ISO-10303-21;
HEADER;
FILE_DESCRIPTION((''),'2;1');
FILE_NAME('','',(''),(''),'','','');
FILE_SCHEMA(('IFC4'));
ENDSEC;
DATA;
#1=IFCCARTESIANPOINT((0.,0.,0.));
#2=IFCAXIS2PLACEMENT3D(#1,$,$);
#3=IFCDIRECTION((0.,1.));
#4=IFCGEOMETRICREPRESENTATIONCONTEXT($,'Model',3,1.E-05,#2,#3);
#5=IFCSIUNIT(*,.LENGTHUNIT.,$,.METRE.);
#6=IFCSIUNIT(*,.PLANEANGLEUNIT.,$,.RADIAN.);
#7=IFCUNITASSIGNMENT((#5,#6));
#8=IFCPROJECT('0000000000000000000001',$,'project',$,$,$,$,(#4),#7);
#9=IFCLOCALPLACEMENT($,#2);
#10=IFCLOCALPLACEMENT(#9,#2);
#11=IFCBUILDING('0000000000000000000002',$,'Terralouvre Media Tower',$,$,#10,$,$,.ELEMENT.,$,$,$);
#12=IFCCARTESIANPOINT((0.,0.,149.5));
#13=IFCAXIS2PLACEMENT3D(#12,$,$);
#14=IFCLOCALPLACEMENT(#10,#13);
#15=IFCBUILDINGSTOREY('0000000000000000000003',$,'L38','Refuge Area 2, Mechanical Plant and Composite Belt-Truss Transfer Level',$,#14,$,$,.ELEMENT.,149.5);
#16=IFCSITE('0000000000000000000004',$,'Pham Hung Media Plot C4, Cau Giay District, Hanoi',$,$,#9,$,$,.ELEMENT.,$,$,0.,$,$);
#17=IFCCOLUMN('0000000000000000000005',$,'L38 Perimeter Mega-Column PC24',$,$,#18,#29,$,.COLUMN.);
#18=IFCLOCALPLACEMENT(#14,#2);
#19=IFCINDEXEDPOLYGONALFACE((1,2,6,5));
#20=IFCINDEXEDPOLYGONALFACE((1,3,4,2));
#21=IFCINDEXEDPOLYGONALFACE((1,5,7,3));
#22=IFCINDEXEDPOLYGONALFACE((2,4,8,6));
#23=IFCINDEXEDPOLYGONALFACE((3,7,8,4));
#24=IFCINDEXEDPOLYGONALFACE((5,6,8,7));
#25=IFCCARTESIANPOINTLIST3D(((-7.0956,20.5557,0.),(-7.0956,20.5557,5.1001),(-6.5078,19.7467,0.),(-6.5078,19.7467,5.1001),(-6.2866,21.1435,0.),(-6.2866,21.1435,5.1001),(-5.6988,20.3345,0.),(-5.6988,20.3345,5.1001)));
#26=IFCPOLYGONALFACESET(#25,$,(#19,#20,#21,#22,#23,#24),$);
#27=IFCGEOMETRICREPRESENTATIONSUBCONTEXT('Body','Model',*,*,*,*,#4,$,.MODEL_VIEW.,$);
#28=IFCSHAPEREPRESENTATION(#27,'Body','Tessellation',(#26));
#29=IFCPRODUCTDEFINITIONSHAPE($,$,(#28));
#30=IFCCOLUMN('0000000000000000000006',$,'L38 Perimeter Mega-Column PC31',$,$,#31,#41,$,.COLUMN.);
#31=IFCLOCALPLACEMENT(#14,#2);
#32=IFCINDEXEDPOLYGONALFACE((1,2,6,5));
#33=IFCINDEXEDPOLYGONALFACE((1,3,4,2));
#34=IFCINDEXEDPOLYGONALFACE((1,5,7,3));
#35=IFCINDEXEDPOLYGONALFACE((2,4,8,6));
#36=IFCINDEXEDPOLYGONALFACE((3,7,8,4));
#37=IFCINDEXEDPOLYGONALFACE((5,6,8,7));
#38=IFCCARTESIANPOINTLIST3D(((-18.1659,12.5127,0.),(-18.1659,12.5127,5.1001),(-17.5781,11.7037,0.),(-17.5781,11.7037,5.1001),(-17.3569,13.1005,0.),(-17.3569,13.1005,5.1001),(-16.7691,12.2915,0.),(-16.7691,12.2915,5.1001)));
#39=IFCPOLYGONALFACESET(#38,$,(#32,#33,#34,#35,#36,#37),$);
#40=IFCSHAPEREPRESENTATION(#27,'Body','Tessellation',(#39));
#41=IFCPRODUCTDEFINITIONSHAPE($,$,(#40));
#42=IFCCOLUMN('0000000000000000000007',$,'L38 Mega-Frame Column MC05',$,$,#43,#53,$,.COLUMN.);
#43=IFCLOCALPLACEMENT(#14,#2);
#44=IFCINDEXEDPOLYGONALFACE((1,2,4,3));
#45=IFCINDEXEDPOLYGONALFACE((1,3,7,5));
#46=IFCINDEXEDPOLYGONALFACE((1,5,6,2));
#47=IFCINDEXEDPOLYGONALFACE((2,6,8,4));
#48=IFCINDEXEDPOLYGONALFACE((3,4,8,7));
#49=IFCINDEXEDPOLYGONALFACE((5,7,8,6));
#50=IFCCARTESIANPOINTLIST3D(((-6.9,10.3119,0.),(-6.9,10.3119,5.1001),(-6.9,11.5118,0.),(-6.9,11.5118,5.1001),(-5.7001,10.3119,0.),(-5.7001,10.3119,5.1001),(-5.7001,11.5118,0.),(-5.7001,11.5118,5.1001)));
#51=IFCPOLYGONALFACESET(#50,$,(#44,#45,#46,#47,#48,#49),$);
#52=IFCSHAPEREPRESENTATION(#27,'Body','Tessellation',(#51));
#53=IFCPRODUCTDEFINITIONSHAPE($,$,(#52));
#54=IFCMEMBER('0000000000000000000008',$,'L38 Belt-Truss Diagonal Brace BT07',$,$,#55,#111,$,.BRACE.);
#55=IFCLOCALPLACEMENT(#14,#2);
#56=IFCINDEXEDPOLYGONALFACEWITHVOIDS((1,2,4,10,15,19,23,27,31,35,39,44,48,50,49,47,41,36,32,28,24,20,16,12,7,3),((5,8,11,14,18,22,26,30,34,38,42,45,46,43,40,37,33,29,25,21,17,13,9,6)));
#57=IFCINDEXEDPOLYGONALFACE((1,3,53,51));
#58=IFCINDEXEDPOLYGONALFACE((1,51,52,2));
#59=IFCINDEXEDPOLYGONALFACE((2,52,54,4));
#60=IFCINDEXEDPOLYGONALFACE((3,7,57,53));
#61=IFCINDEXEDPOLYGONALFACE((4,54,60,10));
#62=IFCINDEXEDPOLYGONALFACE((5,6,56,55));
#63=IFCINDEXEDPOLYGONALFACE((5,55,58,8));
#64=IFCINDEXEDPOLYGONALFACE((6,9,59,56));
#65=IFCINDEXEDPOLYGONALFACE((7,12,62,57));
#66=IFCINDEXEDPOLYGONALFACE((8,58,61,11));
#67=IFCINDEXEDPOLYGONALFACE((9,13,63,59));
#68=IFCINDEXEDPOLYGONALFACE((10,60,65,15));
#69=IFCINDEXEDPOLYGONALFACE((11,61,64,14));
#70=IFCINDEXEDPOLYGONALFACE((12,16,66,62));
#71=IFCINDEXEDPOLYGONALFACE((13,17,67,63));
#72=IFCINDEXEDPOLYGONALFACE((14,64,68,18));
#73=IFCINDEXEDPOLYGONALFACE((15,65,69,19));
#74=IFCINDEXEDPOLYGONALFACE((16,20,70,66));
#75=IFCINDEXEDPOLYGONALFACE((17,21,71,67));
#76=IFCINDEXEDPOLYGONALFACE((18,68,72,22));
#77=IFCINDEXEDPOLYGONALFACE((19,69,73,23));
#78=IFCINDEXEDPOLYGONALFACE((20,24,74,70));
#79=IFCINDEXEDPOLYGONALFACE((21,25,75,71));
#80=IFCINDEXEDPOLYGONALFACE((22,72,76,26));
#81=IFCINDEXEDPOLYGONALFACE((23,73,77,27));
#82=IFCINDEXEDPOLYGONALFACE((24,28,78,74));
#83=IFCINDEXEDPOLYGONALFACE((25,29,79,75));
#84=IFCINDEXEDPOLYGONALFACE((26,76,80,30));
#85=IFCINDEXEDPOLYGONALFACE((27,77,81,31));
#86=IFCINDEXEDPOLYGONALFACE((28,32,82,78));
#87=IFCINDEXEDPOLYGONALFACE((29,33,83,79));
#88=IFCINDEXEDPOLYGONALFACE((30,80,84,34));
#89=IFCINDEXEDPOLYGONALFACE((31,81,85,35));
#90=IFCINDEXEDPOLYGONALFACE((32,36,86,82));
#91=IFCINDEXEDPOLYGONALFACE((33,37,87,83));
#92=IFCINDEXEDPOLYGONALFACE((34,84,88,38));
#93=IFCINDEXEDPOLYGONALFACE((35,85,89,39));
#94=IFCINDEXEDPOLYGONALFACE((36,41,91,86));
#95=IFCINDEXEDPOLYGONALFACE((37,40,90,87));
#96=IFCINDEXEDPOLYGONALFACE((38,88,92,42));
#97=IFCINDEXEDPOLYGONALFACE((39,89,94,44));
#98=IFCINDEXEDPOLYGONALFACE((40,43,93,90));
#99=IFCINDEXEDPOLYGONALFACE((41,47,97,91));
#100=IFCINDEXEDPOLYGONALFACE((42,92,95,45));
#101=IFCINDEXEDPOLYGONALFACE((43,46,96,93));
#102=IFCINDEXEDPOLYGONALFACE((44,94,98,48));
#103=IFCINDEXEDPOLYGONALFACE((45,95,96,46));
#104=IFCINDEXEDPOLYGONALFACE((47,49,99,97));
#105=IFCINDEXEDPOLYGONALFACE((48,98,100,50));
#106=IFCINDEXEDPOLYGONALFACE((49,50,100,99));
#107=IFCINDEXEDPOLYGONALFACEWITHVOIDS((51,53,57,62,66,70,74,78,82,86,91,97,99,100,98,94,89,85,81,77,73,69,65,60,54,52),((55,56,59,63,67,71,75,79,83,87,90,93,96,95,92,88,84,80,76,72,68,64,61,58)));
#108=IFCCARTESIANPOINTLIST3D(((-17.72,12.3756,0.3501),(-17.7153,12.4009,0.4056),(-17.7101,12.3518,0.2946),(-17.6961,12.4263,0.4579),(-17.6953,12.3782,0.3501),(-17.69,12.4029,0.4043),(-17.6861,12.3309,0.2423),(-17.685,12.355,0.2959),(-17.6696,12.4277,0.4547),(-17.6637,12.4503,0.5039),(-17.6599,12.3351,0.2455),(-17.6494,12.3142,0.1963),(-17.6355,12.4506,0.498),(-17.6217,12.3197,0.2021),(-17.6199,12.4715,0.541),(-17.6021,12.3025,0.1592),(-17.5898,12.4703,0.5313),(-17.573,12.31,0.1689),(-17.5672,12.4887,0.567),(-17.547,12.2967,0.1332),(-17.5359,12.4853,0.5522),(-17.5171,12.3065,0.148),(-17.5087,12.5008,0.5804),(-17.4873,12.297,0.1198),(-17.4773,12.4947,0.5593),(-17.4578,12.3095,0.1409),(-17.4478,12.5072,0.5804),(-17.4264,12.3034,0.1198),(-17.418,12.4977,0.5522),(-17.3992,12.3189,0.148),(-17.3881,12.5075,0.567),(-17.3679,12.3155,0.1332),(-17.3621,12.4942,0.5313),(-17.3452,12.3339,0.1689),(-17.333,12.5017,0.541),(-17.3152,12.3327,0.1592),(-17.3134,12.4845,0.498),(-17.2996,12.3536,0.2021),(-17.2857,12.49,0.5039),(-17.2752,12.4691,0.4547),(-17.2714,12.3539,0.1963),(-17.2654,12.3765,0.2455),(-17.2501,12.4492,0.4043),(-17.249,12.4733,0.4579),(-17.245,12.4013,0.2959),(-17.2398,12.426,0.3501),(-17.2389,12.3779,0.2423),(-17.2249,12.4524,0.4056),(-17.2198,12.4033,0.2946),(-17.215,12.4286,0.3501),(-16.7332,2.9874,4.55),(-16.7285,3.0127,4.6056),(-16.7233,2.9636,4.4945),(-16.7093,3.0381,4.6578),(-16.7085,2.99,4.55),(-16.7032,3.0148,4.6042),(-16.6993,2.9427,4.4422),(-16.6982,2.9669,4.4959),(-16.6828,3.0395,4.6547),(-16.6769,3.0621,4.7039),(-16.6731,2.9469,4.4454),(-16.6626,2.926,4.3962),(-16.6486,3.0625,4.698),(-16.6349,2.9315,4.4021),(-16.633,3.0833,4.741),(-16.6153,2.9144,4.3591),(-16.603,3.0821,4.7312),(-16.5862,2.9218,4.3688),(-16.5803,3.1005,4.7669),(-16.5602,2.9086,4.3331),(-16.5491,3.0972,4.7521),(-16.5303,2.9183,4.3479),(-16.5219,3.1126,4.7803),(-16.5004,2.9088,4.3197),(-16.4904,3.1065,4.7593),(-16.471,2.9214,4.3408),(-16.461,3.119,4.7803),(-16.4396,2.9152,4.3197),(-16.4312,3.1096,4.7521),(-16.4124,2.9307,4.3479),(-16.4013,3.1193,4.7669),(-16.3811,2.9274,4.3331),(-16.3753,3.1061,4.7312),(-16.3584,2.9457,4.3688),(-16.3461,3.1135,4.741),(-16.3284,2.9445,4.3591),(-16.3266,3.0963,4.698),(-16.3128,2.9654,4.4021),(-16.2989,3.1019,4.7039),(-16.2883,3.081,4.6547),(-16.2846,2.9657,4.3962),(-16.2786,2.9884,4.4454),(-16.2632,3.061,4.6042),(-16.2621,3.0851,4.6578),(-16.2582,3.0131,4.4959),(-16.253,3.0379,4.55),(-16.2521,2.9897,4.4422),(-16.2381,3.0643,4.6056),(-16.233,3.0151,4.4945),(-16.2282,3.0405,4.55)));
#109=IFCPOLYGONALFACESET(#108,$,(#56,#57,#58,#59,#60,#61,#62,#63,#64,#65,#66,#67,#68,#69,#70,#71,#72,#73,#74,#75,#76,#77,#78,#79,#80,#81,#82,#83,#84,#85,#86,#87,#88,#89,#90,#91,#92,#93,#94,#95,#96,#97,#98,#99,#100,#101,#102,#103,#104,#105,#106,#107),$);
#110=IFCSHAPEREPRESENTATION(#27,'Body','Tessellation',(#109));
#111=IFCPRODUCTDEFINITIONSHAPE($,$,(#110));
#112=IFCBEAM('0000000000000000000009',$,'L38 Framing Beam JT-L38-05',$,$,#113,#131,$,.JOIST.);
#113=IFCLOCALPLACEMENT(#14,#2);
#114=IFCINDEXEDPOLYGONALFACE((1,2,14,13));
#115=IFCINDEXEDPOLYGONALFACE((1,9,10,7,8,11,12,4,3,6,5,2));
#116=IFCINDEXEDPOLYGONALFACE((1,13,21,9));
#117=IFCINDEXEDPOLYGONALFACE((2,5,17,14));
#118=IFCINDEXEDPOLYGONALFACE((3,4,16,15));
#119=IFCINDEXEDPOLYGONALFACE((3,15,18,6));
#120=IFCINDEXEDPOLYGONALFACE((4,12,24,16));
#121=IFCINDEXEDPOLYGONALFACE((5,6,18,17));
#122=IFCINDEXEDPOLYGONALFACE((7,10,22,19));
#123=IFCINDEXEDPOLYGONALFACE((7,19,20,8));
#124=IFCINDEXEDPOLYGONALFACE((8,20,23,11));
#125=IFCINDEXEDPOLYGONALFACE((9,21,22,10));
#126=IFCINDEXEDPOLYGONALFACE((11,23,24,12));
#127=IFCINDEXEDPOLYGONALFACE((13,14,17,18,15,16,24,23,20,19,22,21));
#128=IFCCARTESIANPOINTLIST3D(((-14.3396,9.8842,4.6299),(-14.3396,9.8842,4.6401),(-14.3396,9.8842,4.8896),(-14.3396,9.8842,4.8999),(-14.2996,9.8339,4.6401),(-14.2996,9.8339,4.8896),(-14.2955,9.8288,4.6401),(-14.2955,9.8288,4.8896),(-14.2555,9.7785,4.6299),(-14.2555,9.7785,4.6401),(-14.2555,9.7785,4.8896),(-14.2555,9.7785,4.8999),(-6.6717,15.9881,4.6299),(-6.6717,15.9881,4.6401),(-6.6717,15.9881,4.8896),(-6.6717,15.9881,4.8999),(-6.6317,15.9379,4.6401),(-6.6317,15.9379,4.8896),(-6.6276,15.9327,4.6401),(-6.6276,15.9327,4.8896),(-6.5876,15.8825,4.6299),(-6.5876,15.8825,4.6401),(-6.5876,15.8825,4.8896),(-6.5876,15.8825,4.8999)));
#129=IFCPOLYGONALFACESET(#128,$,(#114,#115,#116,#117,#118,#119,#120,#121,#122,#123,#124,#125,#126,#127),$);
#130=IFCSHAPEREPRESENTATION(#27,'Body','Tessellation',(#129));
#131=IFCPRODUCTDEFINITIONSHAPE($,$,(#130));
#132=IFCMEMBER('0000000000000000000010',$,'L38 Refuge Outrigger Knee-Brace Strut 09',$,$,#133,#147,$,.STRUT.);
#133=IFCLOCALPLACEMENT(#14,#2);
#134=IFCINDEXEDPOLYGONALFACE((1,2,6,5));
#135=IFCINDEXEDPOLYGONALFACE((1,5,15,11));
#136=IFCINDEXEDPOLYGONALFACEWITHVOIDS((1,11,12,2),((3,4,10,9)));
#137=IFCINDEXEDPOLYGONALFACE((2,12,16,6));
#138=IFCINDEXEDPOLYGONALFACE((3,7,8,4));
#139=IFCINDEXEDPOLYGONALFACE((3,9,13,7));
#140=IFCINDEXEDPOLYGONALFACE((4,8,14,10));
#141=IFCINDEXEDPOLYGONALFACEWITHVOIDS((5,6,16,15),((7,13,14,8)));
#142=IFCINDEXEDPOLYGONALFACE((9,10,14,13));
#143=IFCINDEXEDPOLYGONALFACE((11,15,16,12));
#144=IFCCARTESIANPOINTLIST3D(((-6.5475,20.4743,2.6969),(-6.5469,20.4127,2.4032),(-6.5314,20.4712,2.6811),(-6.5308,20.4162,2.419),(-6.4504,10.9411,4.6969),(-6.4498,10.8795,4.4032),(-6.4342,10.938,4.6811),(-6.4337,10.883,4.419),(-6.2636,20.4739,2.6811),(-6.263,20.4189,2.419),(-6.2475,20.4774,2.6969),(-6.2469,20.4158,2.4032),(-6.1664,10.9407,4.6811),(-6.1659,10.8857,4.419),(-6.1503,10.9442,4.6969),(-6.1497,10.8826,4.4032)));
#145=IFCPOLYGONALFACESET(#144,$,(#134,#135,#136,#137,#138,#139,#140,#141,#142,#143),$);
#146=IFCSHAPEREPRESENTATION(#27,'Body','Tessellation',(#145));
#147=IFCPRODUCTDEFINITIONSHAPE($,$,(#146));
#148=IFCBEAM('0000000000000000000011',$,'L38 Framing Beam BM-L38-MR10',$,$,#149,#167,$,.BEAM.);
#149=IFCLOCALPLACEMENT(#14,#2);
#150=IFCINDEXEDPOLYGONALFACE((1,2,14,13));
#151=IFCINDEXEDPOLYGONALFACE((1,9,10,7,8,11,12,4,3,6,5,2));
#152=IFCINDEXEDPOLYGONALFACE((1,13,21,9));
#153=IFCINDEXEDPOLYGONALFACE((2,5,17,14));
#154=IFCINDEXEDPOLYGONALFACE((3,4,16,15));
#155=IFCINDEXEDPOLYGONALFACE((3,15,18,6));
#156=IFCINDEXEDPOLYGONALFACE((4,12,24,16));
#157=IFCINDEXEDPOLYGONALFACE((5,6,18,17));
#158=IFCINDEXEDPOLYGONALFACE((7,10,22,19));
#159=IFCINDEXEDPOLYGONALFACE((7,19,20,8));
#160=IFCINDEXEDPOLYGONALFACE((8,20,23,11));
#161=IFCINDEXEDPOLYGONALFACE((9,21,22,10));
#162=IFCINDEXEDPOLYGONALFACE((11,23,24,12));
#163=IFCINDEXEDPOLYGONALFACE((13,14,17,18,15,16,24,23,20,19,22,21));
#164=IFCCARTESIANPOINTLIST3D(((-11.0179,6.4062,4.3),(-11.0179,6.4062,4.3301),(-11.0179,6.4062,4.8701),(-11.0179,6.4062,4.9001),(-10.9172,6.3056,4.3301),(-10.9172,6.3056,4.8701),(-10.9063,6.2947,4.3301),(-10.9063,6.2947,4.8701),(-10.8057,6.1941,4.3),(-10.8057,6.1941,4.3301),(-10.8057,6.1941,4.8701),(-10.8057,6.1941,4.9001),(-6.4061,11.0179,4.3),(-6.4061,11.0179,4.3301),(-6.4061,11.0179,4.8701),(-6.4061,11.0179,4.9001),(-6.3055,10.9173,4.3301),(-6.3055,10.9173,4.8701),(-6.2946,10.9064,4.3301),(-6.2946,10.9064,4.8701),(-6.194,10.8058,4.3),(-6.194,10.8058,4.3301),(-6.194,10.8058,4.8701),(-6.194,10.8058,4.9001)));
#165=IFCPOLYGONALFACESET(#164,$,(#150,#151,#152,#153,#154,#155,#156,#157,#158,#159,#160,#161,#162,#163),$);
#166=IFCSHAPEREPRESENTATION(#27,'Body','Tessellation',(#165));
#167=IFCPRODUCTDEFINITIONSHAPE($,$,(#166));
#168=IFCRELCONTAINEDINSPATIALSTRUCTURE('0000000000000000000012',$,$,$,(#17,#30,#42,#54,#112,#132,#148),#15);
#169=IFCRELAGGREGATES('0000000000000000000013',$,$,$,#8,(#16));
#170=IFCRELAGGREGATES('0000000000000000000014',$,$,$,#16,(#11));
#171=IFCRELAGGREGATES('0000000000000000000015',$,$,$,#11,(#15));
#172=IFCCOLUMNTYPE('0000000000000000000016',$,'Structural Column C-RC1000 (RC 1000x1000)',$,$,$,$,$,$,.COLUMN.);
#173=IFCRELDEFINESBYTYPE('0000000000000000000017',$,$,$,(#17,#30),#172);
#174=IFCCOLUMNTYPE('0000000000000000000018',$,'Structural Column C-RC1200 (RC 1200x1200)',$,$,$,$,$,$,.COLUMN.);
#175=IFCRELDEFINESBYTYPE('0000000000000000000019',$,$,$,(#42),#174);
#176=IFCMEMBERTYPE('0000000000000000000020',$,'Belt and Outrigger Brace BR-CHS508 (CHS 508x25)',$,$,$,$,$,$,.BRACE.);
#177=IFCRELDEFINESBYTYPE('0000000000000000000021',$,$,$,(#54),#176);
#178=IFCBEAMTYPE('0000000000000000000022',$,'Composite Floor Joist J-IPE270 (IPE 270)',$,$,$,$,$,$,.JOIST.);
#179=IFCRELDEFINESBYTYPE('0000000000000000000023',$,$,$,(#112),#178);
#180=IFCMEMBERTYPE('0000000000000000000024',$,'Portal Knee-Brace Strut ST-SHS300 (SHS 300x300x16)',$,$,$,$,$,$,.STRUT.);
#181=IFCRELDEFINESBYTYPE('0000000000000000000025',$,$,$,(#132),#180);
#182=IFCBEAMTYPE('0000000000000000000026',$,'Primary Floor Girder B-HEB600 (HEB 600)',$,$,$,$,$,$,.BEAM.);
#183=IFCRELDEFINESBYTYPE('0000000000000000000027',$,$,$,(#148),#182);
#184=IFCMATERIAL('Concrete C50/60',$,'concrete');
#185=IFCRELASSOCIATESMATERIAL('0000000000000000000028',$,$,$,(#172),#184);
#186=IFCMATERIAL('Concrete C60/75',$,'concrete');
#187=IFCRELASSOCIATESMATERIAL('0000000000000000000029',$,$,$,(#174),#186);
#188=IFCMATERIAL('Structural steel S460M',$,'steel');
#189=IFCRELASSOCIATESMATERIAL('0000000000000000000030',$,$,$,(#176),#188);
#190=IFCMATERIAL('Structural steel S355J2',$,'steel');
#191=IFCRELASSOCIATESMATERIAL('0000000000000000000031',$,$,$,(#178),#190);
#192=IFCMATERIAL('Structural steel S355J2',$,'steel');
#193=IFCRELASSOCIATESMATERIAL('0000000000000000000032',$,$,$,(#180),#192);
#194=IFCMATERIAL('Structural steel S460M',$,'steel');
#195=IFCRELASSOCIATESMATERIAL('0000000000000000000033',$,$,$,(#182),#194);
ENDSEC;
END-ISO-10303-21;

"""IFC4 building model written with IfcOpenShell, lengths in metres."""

from ifc_helpers import new_model, si_unit, direction, frame, origin, origin_2d, place, context, subcontext, project, spatial, rectangle, hollow_rectangle, hollow_circle, i_section, extrude, material, material_profile, profile_set, type_object, element, save


model = new_model("IFC4")

# Units and contexts
model_context = context("Model", 3, precision=1e-05, world=origin(), true_north=direction((0.0, 1.0)))
body_context = subcontext(model_context, "Body", "Model", "MODEL_VIEW")
ifc_project = project(units=[si_unit("LENGTHUNIT", "METRE"), si_unit("PLANEANGLEUNIT", "RADIAN")], contexts=[model_context])

# Site, building, storey
site_placement = place(None, origin())
site = spatial("IfcSite", under=ifc_project, at=site_placement, Name="Pham Hung Media Plot C4, Cau Giay District, Hanoi", CompositionType="ELEMENT", RefElevation=0.0)
building_placement = place(site_placement, origin())
building = spatial("IfcBuilding", under=site, at=building_placement, Name="Terralouvre Media Tower", CompositionType="ELEMENT")
storey_placement = place(building_placement, frame((0.0, 0.0, 149.5)))
storey = spatial("IfcBuildingStorey", under=building, at=storey_placement, Name="L38", Description="Refuge Area 2, Mechanical Plant and Composite Belt-Truss Transfer Level", CompositionType="ELEMENT", Elevation=149.5)

# Columns
ifc_material_1 = material(Name="Concrete C50/60", Category="concrete")
ifc_material_profile_1 = material_profile(ifc_material_1, rectangle(XDim=1.0, YDim=1.0, at=origin_2d()), Name="RC 1000x1000")
ifc_profile_set_1 = profile_set([ifc_material_profile_1], Name="Concrete C50/60")
column_type_1 = type_object("IfcColumnType", Name="Structural Column C-RC1000 (RC 1000x1000)", PredefinedType="COLUMN", material=ifc_profile_set_1)
for number, where, z_axis, x_axis, name in (
    (1, (-6.3972, 20.4451, 0.0), (0.0, 0.0, 1.0), (0.809017, 0.587785, 0.0), "L38 Perimeter Mega-Column PC24"),
    (2, (-17.4675, 12.4021, 0.0), (0.0, 0.0, 1.0), (0.809017, 0.587785, 0.0), "L38 Perimeter Mega-Column PC31"),
):
    element("IfcColumn", number, at=place(storey_placement, frame(where, z_axis=z_axis, x_axis=x_axis)), inside=storey, type_object=column_type_1, Name=name, PredefinedType="COLUMN", context=body_context, shape_type="SweptSolid", body=[
        extrude(rectangle(XDim=1.0, YDim=1.0, at=origin_2d()), origin(), (0.0, 0.0, 1.0), 5.1001),
    ])
ifc_material_2 = material(Name="Concrete C60/75", Category="concrete")
ifc_material_profile_2 = material_profile(ifc_material_2, rectangle(XDim=1.2, YDim=1.2, at=origin_2d()), Name="RC 1200x1200")
ifc_profile_set_2 = profile_set([ifc_material_profile_2], Name="Concrete C60/75")
column_type_2 = type_object("IfcColumnType", Name="Structural Column C-RC1200 (RC 1200x1200)", PredefinedType="COLUMN", material=ifc_profile_set_2)
column_placement = place(storey_placement, frame((-6.3, 10.9119, 0.0), z_axis=(0.0, 0.0, 1.0), x_axis=(1.0, 0.0, 0.0)))
element("IfcColumn", 3, at=column_placement, inside=storey, type_object=column_type_2, Name="L38 Mega-Frame Column MC05", PredefinedType="COLUMN", context=body_context, shape_type="SweptSolid", body=[
    extrude(rectangle(XDim=1.2, YDim=1.2, at=origin_2d()), origin(), (0.0, 0.0, 1.0), 5.1001),
])

# Member
ifc_material_3 = material(Name="Structural steel S460M", Category="steel")
ifc_material_profile_3 = material_profile(ifc_material_3, hollow_circle(Radius=0.2539, WallThickness=0.0249, at=origin_2d()), Name="CHS 508x25")
ifc_profile_set_3 = profile_set([ifc_material_profile_3], Name="Structural steel S460M")
member_type_1 = type_object("IfcMemberType", Name="Belt and Outrigger Brace BR-CHS508 (CHS 508x25)", PredefinedType="BRACE", material=ifc_profile_set_3)
member_1_placement = place(storey_placement, frame((-17.4675, 12.4021, 0.3501), z_axis=(0.09551, -0.908646, 0.406497), x_axis=(0.994521, 0.104537, 0.0)))
element("IfcMember", 4, at=member_1_placement, inside=storey, type_object=member_type_1, Name="L38 Belt-Truss Diagonal Brace BT07", PredefinedType="BRACE", context=body_context, shape_type="SweptSolid", body=[
    extrude(hollow_circle(Radius=0.2539, WallThickness=0.0249, at=origin_2d()), origin(), (0.0, 0.0, 1.0), 10.332),
])

# Beam
ifc_material_4 = material(Name="Structural steel S355J2", Category="steel")
ifc_material_profile_4 = material_profile(ifc_material_4, i_section(OverallWidth=0.135, OverallDepth=0.27, WebThickness=0.0066, FlangeThickness=0.0103, at=origin_2d()), Name="IPE 270")
ifc_profile_set_4 = profile_set([ifc_material_profile_4], Name="Structural steel S355J2")
beam_type_1 = type_object("IfcBeamType", Name="Composite Floor Joist J-IPE270 (IPE 270)", PredefinedType="JOIST", material=ifc_profile_set_4)
beam_1_placement = place(storey_placement, frame((-6.6296, 15.9353, 4.7649), z_axis=(-0.782378, -0.622804, 0.0), x_axis=(0.622804, -0.782378, 0.0)))
element("IfcBeam", 5, at=beam_1_placement, inside=storey, type_object=beam_type_1, Name="L38 Framing Beam JT-L38-05", PredefinedType="JOIST", context=body_context, shape_type="SweptSolid", body=[
    extrude(i_section(OverallWidth=0.135, OverallDepth=0.27, WebThickness=0.0066, FlangeThickness=0.0103, at=origin_2d()), origin(), (0.0, 0.0, 1.0), 9.8008),
])

# Member
ifc_material_5 = material(Name="Structural steel S355J2", Category="steel")
ifc_material_profile_5 = material_profile(ifc_material_5, hollow_rectangle(XDim=0.3, YDim=0.3, WallThickness=0.0161, at=origin_2d()), Name="SHS 300x300x16")
ifc_profile_set_5 = profile_set([ifc_material_profile_5], Name="Structural steel S355J2")
member_type_2 = type_object("IfcMemberType", Name="Portal Knee-Brace Strut ST-SHS300 (SHS 300x300x16)", PredefinedType="STRUT", material=ifc_profile_set_5)
member_2_placement = place(storey_placement, frame((-6.3, 10.9119, 4.55), z_axis=(-0.009975, 0.978646, -0.205313), x_axis=(-0.999948, -0.010192, 0.0)))
element("IfcMember", 6, at=member_2_placement, inside=storey, type_object=member_type_2, Name="L38 Refuge Outrigger Knee-Brace Strut 09", PredefinedType="STRUT", context=body_context, shape_type="SweptSolid", body=[
    extrude(hollow_rectangle(XDim=0.3, YDim=0.3, WallThickness=0.0161, at=origin_2d()), origin(), (0.0, 0.0, 1.0), 9.7412),
])

# Beam
ifc_material_6 = material(Name="Structural steel S460M", Category="steel")
ifc_material_profile_6 = material_profile(ifc_material_6, i_section(OverallWidth=0.3, OverallDepth=0.6001, WebThickness=0.0154, FlangeThickness=0.03, at=origin_2d()), Name="HEB 600")
ifc_profile_set_6 = profile_set([ifc_material_profile_6], Name="Structural steel S460M")
beam_type_2 = type_object("IfcBeamType", Name="Primary Floor Girder B-HEB600 (HEB 600)", PredefinedType="BEAM", material=ifc_profile_set_6)
beam_2_placement = place(storey_placement, frame((-6.3, 10.9119, 4.6001), z_axis=(-0.707107, -0.707107, 0.0), x_axis=(0.707107, -0.707107, 0.0)))
element("IfcBeam", 7, at=beam_2_placement, inside=storey, type_object=beam_type_2, Name="L38 Framing Beam BM-L38-MR10", PredefinedType="BEAM", context=body_context, shape_type="SweptSolid", body=[
    extrude(i_section(OverallWidth=0.3, OverallDepth=0.6001, WebThickness=0.0154, FlangeThickness=0.03, at=origin_2d()), origin(), (0.0, 0.0, 1.0), 6.522),
])

save(model, "model.ifc")
